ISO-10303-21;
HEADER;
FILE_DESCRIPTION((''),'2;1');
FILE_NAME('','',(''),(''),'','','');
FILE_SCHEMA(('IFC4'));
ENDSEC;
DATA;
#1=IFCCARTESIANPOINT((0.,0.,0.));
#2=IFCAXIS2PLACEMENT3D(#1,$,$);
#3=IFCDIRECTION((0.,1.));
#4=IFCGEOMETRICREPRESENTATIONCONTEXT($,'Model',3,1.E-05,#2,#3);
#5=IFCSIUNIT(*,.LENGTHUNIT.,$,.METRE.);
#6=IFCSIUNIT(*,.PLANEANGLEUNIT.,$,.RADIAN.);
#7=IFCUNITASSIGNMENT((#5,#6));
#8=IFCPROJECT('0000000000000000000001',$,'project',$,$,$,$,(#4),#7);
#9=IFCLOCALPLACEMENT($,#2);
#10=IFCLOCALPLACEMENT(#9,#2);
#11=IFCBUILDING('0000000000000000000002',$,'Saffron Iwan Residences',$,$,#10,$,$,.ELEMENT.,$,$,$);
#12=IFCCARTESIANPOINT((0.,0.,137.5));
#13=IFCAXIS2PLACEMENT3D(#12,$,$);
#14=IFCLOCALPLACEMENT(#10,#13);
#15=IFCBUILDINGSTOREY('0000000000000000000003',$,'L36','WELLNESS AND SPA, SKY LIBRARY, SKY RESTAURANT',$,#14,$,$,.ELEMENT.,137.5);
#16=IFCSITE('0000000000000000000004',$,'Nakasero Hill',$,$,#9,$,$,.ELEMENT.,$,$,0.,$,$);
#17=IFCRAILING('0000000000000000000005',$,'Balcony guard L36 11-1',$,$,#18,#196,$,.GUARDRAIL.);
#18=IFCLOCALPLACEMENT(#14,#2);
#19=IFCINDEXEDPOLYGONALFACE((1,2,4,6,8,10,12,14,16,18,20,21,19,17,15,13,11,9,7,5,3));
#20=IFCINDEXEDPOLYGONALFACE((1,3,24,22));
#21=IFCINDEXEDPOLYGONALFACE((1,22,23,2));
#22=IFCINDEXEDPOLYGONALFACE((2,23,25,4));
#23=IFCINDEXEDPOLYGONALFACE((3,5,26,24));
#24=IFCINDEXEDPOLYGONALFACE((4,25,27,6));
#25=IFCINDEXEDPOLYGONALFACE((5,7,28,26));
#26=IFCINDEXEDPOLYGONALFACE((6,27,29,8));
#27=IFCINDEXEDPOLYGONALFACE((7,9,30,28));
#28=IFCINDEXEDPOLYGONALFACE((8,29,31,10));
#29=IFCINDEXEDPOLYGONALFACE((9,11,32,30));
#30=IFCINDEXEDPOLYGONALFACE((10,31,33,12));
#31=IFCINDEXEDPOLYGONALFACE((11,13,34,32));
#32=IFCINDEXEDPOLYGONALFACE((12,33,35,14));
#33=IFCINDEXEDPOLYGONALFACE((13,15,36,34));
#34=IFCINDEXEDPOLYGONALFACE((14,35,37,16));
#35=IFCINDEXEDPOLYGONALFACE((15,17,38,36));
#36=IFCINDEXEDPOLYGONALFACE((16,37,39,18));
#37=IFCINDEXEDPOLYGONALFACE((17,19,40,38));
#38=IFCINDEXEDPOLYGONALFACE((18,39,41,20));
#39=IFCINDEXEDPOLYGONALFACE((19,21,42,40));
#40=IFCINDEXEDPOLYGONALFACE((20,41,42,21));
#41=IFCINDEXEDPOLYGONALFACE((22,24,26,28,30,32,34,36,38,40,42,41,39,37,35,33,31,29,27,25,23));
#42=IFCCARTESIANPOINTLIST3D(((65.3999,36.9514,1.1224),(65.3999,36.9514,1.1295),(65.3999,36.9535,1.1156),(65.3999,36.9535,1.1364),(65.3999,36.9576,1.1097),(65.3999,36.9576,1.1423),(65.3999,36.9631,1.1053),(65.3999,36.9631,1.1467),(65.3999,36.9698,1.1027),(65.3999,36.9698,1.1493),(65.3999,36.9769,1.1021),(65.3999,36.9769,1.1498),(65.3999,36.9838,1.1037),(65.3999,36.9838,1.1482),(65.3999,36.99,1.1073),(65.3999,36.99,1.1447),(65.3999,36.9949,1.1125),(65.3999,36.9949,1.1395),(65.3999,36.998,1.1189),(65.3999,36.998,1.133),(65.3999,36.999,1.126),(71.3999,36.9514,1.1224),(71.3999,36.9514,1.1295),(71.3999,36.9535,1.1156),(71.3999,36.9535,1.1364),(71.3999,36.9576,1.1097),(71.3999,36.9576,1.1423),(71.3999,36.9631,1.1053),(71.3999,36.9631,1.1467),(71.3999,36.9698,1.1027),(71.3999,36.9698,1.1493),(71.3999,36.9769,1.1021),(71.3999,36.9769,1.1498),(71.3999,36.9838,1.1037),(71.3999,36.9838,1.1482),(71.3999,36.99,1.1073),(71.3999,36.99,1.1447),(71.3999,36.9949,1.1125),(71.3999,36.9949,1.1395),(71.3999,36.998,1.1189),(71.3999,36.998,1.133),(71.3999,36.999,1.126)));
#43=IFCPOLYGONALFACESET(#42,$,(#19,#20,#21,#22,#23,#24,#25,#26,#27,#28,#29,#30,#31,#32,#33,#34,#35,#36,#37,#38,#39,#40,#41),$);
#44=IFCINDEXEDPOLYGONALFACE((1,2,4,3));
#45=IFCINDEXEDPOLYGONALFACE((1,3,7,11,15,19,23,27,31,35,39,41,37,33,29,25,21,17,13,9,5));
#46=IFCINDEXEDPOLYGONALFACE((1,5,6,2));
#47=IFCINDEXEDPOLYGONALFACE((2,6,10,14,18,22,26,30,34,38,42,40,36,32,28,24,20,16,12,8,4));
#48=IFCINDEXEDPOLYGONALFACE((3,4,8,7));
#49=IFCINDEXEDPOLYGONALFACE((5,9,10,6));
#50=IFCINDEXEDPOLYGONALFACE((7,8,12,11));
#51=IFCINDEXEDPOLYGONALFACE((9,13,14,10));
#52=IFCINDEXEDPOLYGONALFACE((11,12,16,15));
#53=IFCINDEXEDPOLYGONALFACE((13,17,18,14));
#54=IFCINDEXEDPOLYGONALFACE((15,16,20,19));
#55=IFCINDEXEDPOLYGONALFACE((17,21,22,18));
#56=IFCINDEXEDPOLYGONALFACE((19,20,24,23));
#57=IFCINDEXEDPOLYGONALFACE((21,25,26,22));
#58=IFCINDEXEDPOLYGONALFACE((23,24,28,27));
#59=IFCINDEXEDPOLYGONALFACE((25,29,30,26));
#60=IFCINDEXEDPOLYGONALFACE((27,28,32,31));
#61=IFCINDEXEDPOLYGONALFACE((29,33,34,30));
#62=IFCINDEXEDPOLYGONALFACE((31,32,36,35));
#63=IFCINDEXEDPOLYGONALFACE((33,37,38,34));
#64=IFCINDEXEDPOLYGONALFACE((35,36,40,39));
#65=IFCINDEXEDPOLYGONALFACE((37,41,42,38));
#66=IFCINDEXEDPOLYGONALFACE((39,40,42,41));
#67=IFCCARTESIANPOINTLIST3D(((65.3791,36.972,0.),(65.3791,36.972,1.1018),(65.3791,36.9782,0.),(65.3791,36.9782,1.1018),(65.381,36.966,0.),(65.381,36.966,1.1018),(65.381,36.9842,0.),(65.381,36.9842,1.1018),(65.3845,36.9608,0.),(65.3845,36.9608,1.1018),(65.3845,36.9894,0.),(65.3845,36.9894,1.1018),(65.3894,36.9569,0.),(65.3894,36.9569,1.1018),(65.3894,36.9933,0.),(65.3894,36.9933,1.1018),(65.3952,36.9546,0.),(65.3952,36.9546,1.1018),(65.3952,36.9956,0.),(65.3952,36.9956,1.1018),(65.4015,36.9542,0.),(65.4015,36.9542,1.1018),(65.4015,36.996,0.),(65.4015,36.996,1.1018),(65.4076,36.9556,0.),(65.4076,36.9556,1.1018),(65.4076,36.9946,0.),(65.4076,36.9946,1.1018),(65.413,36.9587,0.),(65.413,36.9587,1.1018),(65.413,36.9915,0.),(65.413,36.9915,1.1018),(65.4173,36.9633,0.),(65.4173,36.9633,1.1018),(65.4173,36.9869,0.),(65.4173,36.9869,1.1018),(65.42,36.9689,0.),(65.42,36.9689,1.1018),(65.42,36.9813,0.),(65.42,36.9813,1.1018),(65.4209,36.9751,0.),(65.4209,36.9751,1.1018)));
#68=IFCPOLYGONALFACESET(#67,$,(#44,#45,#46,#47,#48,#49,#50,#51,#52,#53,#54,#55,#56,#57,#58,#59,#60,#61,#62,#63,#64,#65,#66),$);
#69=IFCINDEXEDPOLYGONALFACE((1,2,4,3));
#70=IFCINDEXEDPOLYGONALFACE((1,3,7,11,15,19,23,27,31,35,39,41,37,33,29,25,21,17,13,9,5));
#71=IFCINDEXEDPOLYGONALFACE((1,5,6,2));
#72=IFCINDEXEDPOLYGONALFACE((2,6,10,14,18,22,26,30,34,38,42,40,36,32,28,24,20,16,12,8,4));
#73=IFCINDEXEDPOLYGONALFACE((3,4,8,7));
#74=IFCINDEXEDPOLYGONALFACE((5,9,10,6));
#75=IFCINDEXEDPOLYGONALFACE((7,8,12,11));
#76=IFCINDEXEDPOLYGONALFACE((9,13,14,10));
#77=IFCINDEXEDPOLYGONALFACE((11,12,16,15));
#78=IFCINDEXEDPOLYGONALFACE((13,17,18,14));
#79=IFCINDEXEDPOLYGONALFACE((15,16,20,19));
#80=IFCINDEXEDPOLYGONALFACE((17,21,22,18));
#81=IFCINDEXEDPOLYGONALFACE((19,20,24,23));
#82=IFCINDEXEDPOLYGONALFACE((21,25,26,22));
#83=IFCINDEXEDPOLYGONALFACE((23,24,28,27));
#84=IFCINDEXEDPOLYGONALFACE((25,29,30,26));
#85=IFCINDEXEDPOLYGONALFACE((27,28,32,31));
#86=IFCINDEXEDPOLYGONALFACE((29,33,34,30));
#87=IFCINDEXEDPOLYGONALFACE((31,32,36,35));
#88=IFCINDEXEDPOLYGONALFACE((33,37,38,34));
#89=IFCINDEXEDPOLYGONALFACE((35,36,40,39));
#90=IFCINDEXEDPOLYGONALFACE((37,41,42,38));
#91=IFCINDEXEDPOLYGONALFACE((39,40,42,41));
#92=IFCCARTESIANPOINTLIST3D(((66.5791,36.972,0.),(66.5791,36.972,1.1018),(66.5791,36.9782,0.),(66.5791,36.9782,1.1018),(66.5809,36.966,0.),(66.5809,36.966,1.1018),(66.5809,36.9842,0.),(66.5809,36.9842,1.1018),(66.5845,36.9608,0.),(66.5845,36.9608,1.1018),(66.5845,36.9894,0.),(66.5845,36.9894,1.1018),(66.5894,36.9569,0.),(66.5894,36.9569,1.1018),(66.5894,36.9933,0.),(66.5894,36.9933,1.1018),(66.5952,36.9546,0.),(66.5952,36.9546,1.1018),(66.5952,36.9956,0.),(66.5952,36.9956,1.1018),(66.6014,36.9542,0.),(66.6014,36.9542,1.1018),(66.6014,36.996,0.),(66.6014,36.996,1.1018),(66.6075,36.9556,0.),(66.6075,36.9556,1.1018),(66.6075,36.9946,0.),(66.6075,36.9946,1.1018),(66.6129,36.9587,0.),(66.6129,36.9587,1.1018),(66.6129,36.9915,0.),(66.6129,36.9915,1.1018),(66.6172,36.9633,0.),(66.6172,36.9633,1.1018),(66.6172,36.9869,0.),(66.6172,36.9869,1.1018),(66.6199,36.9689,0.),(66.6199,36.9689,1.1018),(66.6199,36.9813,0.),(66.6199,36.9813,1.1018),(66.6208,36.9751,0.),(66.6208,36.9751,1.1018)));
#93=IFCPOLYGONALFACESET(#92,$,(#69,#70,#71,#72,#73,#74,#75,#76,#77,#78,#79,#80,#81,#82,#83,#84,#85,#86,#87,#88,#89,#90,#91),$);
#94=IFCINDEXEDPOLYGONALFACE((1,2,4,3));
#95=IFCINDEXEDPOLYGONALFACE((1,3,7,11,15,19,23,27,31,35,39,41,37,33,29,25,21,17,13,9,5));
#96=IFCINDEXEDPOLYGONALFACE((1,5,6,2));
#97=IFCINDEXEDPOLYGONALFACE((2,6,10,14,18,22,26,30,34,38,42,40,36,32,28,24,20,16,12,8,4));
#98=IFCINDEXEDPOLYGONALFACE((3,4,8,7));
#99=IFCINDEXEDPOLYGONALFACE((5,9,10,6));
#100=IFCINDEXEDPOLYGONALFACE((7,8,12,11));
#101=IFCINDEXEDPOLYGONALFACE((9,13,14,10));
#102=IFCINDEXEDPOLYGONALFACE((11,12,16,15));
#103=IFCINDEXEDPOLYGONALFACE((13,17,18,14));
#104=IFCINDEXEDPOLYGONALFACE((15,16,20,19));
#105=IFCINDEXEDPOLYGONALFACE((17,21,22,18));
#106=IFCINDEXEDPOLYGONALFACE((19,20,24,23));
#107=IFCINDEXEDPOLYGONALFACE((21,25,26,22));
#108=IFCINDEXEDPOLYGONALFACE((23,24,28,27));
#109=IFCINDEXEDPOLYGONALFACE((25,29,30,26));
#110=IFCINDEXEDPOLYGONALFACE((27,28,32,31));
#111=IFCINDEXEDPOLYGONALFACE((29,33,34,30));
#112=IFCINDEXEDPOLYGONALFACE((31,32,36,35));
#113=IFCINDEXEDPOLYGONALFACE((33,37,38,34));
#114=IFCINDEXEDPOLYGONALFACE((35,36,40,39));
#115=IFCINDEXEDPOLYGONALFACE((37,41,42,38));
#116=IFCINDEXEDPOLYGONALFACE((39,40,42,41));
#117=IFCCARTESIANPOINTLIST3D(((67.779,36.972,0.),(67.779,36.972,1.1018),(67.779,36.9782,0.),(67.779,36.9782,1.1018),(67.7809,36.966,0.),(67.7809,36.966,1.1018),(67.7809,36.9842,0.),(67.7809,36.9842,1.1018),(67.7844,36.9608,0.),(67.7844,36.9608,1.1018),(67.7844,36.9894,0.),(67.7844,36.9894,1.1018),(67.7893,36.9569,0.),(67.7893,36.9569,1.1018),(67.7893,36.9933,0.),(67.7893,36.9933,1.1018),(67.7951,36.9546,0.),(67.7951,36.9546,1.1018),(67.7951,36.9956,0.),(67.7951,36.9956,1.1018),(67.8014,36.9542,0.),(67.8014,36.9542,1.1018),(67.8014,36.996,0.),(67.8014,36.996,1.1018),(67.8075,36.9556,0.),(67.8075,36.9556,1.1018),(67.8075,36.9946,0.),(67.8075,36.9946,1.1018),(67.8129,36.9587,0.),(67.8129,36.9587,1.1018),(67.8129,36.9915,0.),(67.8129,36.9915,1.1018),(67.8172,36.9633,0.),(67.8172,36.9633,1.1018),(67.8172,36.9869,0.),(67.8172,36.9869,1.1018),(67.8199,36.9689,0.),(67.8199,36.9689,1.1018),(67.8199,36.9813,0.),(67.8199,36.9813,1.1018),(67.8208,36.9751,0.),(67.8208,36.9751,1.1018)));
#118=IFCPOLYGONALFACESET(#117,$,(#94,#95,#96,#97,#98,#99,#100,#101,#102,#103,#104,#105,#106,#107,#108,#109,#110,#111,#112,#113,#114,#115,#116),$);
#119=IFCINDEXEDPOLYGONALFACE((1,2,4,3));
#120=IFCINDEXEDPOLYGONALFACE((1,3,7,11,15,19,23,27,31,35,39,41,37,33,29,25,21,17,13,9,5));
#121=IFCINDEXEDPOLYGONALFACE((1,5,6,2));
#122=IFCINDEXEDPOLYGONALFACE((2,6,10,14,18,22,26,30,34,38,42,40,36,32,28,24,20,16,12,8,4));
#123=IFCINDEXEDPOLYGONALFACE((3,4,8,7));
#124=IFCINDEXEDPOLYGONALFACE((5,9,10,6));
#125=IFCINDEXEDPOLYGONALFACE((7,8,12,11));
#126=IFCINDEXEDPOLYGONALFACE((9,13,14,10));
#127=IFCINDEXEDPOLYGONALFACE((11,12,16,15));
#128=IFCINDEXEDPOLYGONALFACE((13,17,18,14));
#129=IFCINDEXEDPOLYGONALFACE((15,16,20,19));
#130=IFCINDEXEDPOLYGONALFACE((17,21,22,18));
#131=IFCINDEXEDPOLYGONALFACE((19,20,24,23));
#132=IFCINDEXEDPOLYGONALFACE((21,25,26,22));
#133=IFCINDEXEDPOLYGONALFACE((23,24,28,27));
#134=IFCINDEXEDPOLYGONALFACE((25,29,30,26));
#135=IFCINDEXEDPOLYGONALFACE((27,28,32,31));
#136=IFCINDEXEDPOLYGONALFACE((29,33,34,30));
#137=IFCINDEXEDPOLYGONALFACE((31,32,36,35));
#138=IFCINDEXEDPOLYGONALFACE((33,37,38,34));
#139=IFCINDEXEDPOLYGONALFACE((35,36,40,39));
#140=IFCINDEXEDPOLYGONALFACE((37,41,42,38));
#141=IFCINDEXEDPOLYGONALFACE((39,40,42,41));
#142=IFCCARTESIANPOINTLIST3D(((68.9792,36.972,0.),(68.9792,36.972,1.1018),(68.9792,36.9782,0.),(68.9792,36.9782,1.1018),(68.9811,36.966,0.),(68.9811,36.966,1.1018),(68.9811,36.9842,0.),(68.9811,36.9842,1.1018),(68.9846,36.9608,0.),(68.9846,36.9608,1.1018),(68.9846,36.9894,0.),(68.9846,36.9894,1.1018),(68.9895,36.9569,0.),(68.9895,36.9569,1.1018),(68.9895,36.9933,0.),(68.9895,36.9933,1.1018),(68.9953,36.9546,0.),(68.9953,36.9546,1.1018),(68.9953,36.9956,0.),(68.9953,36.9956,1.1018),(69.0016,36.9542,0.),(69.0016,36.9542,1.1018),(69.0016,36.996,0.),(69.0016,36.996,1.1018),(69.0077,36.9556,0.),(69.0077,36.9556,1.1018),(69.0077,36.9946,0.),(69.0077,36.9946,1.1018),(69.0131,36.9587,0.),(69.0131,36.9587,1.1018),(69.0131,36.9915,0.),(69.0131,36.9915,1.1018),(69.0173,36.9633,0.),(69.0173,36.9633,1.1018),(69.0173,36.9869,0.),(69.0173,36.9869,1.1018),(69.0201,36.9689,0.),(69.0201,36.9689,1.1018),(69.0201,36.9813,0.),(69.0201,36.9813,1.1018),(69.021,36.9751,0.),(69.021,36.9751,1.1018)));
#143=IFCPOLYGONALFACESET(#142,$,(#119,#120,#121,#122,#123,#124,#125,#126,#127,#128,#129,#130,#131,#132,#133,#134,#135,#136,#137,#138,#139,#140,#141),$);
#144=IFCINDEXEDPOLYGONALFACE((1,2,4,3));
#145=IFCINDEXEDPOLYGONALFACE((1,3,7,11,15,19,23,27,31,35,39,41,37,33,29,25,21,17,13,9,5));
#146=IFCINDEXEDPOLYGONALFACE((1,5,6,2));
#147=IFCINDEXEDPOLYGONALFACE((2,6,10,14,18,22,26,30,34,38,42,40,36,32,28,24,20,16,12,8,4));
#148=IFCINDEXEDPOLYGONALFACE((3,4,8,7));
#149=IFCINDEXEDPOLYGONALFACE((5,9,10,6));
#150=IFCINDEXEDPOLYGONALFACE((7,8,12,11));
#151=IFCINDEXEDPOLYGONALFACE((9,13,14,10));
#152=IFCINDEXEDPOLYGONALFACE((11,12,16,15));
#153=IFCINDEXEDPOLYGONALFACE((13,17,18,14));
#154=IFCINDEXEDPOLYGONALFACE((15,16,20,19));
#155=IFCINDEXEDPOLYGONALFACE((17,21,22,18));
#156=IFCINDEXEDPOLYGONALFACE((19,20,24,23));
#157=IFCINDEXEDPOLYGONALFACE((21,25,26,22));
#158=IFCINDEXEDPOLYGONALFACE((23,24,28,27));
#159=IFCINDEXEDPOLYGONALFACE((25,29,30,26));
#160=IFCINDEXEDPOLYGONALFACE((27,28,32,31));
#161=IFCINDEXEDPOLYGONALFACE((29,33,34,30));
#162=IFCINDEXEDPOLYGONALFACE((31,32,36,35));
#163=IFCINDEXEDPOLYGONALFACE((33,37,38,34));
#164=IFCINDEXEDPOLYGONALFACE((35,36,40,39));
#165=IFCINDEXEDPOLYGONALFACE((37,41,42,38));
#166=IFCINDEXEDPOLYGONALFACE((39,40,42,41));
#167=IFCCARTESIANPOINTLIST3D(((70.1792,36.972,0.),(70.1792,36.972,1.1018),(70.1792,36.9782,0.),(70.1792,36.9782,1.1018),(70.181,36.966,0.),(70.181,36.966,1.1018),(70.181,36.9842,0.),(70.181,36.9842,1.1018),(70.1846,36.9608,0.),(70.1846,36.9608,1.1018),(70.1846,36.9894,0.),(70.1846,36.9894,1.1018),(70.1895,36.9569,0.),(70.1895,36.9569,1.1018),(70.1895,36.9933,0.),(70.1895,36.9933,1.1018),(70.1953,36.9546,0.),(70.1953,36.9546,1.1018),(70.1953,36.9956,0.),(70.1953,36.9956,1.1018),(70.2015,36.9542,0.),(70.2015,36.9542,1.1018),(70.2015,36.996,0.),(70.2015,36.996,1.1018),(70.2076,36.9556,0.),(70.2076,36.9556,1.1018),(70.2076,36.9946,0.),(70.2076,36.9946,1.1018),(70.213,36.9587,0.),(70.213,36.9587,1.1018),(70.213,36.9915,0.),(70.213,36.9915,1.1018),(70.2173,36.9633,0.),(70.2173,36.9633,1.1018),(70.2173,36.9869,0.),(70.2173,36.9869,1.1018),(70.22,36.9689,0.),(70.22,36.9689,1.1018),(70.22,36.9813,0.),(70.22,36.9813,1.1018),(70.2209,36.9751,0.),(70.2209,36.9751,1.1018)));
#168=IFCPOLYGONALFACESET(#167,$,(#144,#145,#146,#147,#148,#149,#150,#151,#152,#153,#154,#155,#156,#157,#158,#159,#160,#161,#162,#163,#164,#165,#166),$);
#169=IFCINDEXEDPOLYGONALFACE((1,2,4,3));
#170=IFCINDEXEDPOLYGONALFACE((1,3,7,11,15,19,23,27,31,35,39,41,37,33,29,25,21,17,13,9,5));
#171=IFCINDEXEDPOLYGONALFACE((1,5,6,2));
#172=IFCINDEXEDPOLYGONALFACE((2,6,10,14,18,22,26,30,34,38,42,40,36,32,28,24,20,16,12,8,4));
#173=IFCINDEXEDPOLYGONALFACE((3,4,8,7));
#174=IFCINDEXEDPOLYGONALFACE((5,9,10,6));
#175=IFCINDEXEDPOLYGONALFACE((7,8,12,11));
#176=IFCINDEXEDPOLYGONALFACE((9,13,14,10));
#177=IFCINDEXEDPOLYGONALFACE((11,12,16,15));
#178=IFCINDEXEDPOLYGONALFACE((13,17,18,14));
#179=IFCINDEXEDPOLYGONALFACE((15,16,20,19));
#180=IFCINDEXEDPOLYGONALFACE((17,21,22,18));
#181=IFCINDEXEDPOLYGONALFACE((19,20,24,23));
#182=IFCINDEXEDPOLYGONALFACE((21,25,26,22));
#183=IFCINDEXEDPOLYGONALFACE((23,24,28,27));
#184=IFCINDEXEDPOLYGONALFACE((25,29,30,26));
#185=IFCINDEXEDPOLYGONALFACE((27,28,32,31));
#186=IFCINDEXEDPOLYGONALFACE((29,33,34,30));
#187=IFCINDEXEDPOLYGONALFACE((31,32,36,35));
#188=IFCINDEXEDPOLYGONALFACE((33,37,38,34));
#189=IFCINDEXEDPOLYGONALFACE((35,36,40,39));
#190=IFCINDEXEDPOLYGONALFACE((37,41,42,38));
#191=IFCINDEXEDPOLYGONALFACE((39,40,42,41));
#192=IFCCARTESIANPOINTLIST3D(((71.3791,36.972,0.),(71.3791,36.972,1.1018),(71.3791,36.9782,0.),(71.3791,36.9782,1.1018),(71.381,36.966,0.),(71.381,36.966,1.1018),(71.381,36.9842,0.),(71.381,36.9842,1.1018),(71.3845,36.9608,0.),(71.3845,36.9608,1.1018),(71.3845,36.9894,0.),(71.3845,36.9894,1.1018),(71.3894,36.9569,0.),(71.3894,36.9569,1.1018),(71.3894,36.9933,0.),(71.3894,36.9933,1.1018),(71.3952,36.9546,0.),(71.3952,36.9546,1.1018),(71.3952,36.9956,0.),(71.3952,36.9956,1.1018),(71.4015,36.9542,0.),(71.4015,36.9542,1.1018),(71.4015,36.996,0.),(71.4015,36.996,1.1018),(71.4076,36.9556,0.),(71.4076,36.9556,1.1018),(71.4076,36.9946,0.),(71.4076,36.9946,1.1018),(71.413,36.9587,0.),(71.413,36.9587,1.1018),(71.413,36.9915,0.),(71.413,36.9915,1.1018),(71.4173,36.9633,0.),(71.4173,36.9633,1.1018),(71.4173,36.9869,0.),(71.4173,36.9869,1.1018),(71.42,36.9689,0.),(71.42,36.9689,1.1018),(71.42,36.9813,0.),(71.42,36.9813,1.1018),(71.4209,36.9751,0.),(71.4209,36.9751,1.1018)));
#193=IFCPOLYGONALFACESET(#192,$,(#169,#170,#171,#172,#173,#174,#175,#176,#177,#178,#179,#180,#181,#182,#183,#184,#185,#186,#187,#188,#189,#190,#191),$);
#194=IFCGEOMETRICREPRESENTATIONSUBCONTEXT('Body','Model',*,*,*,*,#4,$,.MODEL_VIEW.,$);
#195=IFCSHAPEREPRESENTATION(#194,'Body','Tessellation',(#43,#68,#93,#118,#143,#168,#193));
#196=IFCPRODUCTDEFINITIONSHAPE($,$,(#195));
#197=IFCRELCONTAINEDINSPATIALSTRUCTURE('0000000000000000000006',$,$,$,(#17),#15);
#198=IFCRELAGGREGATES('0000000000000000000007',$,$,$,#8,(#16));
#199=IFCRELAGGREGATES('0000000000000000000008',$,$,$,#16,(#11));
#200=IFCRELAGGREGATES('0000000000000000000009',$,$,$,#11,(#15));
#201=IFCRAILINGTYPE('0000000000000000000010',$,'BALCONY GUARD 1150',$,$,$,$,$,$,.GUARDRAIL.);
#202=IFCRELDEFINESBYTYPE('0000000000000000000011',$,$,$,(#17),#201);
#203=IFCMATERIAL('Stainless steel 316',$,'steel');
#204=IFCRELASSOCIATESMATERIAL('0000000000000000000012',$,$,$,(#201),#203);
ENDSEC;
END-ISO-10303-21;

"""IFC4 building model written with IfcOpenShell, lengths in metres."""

from ifc_helpers import new_model, si_unit, direction, frame, origin, origin_2d, place, context, subcontext, project, spatial, circle, extrude, material, type_object, element, save


model = new_model("IFC4")

# Units and contexts
model_context = context("Model", 3, precision=1e-05, world=origin(), true_north=direction((0.0, 1.0)))
body_context = subcontext(model_context, "Body", "Model", "MODEL_VIEW")
ifc_project = project(units=[si_unit("LENGTHUNIT", "METRE"), si_unit("PLANEANGLEUNIT", "RADIAN")], contexts=[model_context])

# Site, building, storey
site_placement = place(None, origin())
site = spatial("IfcSite", under=ifc_project, at=site_placement, Name="Nakasero Hill", CompositionType="ELEMENT", RefElevation=0.0)
building_placement = place(site_placement, origin())
building = spatial("IfcBuilding", under=site, at=building_placement, Name="Saffron Iwan Residences", CompositionType="ELEMENT")
storey_placement = place(building_placement, frame((0.0, 0.0, 137.5)))
storey = spatial("IfcBuildingStorey", under=building, at=storey_placement, Name="L36", Description="WELLNESS AND SPA, SKY LIBRARY, SKY RESTAURANT", CompositionType="ELEMENT", Elevation=137.5)

# Railing
ifc_material_1 = material(Name="Stainless steel 316", Category="steel")
railing_type = type_object("IfcRailingType", Name="BALCONY GUARD 1150", PredefinedType="GUARDRAIL", material=ifc_material_1)
railing_placement = place(storey_placement, frame((65.3999, 36.9751, 0.0)))
element("IfcRailing", 1, at=railing_placement, inside=storey, type_object=railing_type, Name="Balcony guard L36 11-1", PredefinedType="GUARDRAIL", context=body_context, shape_type="SweptSolid", body=[
    extrude(circle(Radius=0.0239, at=origin_2d()), frame((0.0, 0.0, 1.126), z_axis=(1.0, 0.0, 0.0), x_axis=(0.0, 1.0, 0.0)), (0.0, 0.0, 1.0), 6.0),
    extrude(circle(Radius=0.021, at=origin_2d()), origin(), (0.0, 0.0, 1.0), 1.1018),
    extrude(circle(Radius=0.021, at=origin_2d()), frame((1.2, 0.0, 0.0)), (0.0, 0.0, 1.0), 1.1018),
    extrude(circle(Radius=0.021, at=origin_2d()), frame((2.3999, 0.0, 0.0)), (0.0, 0.0, 1.0), 1.1018),
    extrude(circle(Radius=0.021, at=origin_2d()), frame((3.6001, 0.0, 0.0)), (0.0, 0.0, 1.0), 1.1018),
    extrude(circle(Radius=0.021, at=origin_2d()), frame((4.8, 0.0, 0.0)), (0.0, 0.0, 1.0), 1.1018),
    extrude(circle(Radius=0.021, at=origin_2d()), frame((6.0, 0.0, 0.0)), (0.0, 0.0, 1.0), 1.1018),
])

save(model, "model.ifc")
